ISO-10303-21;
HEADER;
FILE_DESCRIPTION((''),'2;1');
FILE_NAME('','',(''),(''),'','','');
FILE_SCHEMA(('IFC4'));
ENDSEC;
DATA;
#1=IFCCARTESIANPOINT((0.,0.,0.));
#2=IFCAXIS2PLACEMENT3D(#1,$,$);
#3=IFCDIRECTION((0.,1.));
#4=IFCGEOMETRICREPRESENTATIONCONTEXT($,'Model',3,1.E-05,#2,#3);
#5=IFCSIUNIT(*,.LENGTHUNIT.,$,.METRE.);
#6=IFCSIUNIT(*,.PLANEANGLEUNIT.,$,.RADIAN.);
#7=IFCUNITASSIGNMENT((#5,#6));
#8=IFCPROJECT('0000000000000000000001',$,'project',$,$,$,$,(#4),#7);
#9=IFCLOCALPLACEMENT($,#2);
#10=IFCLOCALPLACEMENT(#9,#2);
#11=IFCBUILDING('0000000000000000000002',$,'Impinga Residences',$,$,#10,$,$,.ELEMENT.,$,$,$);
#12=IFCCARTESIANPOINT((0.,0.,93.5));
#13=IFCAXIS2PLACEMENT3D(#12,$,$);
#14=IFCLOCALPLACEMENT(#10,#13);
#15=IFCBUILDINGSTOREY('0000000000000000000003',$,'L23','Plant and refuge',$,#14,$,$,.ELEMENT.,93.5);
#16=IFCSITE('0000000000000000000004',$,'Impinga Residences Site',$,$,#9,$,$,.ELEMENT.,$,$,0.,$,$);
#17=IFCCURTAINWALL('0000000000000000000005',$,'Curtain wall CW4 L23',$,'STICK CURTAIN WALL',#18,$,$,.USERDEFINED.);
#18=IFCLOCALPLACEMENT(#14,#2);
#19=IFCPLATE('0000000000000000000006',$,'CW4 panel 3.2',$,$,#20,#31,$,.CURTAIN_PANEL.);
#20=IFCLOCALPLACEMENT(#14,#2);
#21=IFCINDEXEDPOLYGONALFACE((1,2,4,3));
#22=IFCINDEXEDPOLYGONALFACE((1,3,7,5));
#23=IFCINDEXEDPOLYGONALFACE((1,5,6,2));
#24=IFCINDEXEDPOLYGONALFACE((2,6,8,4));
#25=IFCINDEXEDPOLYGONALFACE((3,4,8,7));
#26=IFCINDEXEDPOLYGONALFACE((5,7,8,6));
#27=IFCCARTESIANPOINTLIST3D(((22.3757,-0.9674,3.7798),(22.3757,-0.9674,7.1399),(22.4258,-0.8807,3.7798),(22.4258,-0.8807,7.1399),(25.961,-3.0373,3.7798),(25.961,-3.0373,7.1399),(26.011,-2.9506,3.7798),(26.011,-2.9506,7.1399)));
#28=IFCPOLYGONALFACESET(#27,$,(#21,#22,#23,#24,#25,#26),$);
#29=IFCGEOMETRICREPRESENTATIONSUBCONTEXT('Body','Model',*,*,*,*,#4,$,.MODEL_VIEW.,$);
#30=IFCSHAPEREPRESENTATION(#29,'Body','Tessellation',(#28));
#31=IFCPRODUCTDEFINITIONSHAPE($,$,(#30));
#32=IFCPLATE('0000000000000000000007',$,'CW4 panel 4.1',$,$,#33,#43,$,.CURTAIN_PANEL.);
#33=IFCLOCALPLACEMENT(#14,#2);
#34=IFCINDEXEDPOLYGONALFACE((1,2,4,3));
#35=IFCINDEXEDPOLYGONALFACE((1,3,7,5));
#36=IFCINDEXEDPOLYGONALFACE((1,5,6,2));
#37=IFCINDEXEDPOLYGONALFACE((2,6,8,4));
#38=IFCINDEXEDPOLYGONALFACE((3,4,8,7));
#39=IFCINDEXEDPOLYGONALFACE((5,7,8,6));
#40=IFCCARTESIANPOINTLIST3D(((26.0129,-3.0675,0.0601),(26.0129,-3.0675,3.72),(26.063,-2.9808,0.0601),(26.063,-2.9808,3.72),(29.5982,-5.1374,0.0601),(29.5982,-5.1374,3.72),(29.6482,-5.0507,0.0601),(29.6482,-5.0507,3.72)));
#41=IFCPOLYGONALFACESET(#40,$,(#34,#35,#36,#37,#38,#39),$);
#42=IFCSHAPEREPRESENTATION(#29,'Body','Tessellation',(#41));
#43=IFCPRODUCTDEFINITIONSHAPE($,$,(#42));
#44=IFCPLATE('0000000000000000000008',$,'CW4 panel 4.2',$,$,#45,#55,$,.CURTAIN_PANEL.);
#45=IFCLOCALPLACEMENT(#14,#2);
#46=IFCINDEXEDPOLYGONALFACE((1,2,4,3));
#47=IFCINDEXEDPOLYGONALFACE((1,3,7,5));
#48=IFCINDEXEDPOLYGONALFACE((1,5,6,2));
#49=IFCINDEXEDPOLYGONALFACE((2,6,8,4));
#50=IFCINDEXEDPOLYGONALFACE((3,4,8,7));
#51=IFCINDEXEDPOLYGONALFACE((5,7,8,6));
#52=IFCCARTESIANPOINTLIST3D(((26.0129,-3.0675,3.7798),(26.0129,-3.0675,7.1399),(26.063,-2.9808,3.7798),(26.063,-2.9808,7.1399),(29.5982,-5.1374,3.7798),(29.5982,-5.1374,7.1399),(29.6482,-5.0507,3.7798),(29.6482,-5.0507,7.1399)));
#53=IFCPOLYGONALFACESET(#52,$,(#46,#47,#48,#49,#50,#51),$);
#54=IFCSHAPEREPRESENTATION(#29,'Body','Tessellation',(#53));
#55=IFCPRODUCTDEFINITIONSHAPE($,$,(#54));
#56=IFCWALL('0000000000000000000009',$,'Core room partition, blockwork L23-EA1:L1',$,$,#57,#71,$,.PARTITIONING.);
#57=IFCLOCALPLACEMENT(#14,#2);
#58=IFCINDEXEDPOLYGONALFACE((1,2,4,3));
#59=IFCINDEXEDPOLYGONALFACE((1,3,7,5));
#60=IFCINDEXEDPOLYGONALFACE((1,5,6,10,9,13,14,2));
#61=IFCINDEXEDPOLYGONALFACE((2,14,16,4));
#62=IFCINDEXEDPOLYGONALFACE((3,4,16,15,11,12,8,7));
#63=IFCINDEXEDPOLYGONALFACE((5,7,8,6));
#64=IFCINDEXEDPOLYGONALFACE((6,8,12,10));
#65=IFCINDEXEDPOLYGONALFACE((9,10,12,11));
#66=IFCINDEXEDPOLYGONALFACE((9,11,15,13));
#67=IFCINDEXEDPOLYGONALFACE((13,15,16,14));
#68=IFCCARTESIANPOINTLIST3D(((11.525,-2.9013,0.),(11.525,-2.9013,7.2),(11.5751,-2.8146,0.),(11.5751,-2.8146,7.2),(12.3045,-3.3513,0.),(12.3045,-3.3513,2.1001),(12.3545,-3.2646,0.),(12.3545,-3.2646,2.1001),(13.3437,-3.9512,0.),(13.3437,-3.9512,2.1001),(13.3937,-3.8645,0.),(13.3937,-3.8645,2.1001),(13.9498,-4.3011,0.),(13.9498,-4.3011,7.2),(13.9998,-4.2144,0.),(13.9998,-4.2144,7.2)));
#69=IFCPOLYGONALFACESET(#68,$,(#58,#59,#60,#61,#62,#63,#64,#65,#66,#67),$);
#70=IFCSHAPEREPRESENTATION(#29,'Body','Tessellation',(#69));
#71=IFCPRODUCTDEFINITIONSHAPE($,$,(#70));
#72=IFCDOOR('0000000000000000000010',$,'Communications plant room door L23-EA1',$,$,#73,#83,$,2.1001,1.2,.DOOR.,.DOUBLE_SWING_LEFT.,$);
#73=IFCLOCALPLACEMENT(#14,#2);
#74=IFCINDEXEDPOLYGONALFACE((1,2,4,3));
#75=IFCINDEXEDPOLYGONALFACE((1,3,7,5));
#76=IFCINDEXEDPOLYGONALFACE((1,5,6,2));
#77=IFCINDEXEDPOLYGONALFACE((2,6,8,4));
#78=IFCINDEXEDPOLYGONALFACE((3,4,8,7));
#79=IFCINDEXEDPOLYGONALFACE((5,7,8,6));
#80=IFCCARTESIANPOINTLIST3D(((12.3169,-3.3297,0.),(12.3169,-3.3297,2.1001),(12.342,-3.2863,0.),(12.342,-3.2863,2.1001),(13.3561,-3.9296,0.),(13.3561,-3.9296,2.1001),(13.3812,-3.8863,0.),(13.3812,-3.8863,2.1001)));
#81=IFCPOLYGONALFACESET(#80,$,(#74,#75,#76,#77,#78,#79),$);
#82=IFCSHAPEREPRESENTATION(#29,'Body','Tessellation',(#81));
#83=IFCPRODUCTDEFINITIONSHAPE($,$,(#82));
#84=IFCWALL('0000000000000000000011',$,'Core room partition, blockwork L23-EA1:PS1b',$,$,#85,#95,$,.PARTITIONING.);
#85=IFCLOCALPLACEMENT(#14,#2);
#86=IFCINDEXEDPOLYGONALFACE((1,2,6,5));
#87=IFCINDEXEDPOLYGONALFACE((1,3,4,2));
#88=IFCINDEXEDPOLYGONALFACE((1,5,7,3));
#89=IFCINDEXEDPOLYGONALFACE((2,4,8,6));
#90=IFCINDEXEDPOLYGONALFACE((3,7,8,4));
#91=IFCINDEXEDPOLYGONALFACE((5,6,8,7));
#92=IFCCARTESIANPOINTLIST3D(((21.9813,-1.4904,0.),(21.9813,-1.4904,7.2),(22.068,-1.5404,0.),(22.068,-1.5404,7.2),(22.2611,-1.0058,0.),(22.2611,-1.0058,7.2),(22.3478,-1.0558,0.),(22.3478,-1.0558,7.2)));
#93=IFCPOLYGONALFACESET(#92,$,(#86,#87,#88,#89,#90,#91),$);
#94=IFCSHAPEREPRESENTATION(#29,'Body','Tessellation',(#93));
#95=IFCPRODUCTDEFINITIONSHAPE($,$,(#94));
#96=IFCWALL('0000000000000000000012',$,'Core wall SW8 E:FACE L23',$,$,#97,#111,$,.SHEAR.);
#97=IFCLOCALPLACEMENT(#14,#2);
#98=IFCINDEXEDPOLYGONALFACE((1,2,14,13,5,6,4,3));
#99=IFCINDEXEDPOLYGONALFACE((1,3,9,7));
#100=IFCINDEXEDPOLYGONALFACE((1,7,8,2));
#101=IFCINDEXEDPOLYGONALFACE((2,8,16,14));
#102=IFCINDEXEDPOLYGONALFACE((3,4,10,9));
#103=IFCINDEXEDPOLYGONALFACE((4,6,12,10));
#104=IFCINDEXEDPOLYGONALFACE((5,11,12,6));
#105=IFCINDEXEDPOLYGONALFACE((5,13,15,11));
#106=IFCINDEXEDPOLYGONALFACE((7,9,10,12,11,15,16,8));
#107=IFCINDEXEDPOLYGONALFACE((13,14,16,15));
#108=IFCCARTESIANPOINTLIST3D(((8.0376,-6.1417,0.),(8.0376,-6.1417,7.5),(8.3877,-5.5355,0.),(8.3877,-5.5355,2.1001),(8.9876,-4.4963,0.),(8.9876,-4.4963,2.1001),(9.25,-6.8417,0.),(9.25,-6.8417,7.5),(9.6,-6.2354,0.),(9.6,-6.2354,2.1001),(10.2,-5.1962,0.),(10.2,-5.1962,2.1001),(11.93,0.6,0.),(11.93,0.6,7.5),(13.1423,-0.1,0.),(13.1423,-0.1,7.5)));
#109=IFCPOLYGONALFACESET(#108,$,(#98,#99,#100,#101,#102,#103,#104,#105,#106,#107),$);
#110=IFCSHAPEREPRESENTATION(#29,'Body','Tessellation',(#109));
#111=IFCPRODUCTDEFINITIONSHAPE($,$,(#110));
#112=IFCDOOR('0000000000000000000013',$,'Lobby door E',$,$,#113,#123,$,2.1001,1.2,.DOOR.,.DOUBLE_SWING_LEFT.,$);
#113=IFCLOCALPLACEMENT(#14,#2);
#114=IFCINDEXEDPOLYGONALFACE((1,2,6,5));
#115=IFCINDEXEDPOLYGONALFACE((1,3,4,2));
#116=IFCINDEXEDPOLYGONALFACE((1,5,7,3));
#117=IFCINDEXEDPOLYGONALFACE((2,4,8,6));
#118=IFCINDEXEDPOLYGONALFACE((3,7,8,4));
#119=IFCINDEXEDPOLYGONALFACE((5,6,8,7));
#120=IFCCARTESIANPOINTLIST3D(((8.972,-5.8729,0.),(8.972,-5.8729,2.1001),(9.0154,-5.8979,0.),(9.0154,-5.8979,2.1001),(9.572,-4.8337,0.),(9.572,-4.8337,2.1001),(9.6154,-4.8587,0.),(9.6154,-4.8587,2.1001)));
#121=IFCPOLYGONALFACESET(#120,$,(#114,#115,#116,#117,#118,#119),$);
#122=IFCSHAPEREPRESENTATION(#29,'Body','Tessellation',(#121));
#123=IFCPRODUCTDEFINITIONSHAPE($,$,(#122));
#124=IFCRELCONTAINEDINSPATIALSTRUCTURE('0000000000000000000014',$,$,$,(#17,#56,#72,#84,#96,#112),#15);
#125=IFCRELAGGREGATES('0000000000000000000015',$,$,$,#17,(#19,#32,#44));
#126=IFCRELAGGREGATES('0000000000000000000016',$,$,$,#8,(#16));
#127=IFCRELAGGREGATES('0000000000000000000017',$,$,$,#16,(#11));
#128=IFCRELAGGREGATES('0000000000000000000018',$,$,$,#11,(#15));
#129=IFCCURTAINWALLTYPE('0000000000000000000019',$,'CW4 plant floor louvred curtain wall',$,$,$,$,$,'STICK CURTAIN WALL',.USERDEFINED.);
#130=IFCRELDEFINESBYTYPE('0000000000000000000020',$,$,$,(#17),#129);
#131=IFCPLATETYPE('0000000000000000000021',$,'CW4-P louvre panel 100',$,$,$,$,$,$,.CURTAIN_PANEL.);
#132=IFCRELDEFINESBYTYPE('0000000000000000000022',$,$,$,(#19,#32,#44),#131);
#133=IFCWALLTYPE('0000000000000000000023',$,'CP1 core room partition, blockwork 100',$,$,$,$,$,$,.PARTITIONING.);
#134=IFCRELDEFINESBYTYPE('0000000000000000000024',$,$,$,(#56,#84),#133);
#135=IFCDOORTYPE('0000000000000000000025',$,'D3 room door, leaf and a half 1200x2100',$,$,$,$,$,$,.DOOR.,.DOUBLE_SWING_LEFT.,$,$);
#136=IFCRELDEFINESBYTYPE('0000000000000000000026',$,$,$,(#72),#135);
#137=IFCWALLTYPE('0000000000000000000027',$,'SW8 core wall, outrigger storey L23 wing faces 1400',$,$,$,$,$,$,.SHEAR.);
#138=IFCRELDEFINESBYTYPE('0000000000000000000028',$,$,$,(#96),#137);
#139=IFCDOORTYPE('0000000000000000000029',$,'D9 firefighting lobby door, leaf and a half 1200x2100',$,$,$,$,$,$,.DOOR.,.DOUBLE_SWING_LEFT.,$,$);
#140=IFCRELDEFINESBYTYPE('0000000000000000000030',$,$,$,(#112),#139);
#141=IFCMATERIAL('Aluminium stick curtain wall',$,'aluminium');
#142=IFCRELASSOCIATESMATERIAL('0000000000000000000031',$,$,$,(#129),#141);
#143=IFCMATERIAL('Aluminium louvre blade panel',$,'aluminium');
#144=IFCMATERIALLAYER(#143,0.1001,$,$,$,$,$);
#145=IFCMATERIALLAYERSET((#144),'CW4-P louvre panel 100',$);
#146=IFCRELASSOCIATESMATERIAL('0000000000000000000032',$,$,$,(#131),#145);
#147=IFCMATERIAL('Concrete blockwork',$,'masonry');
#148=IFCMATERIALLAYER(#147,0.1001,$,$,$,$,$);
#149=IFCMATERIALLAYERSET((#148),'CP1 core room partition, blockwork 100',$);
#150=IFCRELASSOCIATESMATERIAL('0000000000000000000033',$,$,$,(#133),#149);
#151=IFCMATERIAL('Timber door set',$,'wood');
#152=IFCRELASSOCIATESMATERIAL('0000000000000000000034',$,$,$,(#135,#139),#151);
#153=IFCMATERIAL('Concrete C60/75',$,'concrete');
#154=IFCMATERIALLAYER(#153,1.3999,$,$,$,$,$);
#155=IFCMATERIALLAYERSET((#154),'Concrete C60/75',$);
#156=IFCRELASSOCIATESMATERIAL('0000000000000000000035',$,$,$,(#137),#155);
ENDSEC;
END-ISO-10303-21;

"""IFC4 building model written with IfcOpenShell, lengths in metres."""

from ifc_helpers import new_model, si_unit, direction, frame, frame_2d, origin, origin_2d, place, context, subcontext, project, spatial, rectangle, extrude, material, layer, layer_set, type_object, element, fill, aggregate, save


model = new_model("IFC4")

# Units and contexts
model_context = context("Model", 3, precision=1e-05, world=origin(), true_north=direction((0.0, 1.0)))
body_context = subcontext(model_context, "Body", "Model", "MODEL_VIEW")
ifc_project = project(units=[si_unit("LENGTHUNIT", "METRE"), si_unit("PLANEANGLEUNIT", "RADIAN")], contexts=[model_context])

# Site, building, storey
site_placement = place(None, origin())
site = spatial("IfcSite", under=ifc_project, at=site_placement, Name="Impinga Residences Site", CompositionType="ELEMENT", RefElevation=0.0)
building_placement = place(site_placement, origin())
building = spatial("IfcBuilding", under=site, at=building_placement, Name="Impinga Residences", CompositionType="ELEMENT")
storey_placement = place(building_placement, frame((0.0, 0.0, 93.5)))
storey = spatial("IfcBuildingStorey", under=building, at=storey_placement, Name="L23", Description="Plant and refuge", CompositionType="ELEMENT", Elevation=93.5)

# Shared definitions
ifc_material_1 = material(Name="Aluminium stick curtain wall", Category="aluminium")
curtain_wall_type = type_object("IfcCurtainWallType", Name="CW4 plant floor louvred curtain wall", ElementType="STICK CURTAIN WALL", PredefinedType="USERDEFINED", material=ifc_material_1)

# Curtain wall
curtain_wall_1_placement = place(storey_placement, origin())
curtain_wall_1 = element("IfcCurtainWall", 1, at=curtain_wall_1_placement, inside=storey, type_object=curtain_wall_type, Name="Curtain wall CW4 L23", ObjectType="STICK CURTAIN WALL", PredefinedType="USERDEFINED")

# Plates
ifc_material_2 = material(Name="Aluminium louvre blade panel", Category="aluminium")
ifc_layer_1 = layer(ifc_material_2, 0.1001)
ifc_layer_set_1 = layer_set([ifc_layer_1], Name="CW4-P louvre panel 100")
plate_type = type_object("IfcPlateType", Name="CW4-P louvre panel 100", PredefinedType="CURTAIN_PANEL", material=ifc_layer_set_1)
plate_1_placement = place(storey_placement, frame((24.1934, -1.959, 3.7798), z_axis=(0.0, 0.0, 1.0), x_axis=(0.866025, -0.5, 0.0)))
plate_1 = element("IfcPlate", 2, at=plate_1_placement, type_object=plate_type, Name="CW4 panel 3.2", PredefinedType="CURTAIN_PANEL", context=body_context, shape_type="SweptSolid", body=[
    extrude(rectangle(XDim=4.1399, YDim=0.1001, at=origin_2d()), origin(), (0.0, 0.0, 1.0), 3.3601),
])
plate_2_placement = place(storey_placement, frame((27.8306, -4.0591, 0.0601), z_axis=(0.0, 0.0, 1.0), x_axis=(0.866025, -0.5, 0.0)))
plate_2 = element("IfcPlate", 3, at=plate_2_placement, type_object=plate_type, Name="CW4 panel 4.1", PredefinedType="CURTAIN_PANEL", context=body_context, shape_type="SweptSolid", body=[
    extrude(rectangle(XDim=4.1399, YDim=0.1001, at=origin_2d()), origin(), (0.0, 0.0, 1.0), 3.6599),
])
plate_3_placement = place(storey_placement, frame((27.8306, -4.0591, 3.7798), z_axis=(0.0, 0.0, 1.0), x_axis=(0.866025, -0.5, 0.0)))
plate_3 = element("IfcPlate", 4, at=plate_3_placement, type_object=plate_type, Name="CW4 panel 4.2", PredefinedType="CURTAIN_PANEL", context=body_context, shape_type="SweptSolid", body=[
    extrude(rectangle(XDim=4.1399, YDim=0.1001, at=origin_2d()), origin(), (0.0, 0.0, 1.0), 3.3601),
])
aggregate(curtain_wall_1, [plate_1, plate_2, plate_3])

# Wall, opening, door
ifc_material_3 = material(Name="Concrete blockwork", Category="masonry")
ifc_layer_2 = layer(ifc_material_3, 0.1001)
ifc_layer_set_2 = layer_set([ifc_layer_2], Name="CP1 core room partition, blockwork 100")
wall_type_1 = type_object("IfcWallType", Name="CP1 core room partition, blockwork 100", PredefinedType="PARTITIONING", material=ifc_layer_set_2)
wall_1_placement = place(storey_placement, frame((11.55, -2.8579, 0.0), z_axis=(0.0, 0.0, 1.0), x_axis=(0.866035, -0.499984, 0.0)))
wall_1 = element("IfcWall", 5, at=wall_1_placement, inside=storey, type_object=wall_type_1, Name="Core room partition, blockwork L23-EA1:L1", PredefinedType="PARTITIONING", context=body_context, shape_type="SweptSolid", body=[
    extrude(rectangle(XDim=2.7998, YDim=0.1001, at=frame_2d((1.3999, 0.0))), origin(), (0.0, 0.0, 1.0), 7.2),
])
opening_1_placement = place(wall_1_placement, frame((0.8999, 0.0, 0.0)))
opening_1 = element("IfcOpeningElement", 6, at=opening_1_placement, cuts=wall_1, PredefinedType="OPENING", context=body_context, shape_type="SweptSolid", body=[
    extrude(rectangle(XDim=1.2, YDim=2.1001, at=frame_2d((0.6001, 1.05))), frame((0.0, 0.0601, 0.0), z_axis=(0.0, -1.0, 0.0), x_axis=(1.0, 0.0, 0.0)), (0.0, 0.0, 1.0), 0.1201),
])
ifc_material_4 = material(Name="Timber door set", Category="wood")
door_type_1 = type_object("IfcDoorType", Name="D3 room door, leaf and a half 1200x2100", OperationType="DOUBLE_SWING_LEFT", PredefinedType="DOOR", material=ifc_material_4)
door_1_placement = place(opening_1_placement, origin())
door_1 = element("IfcDoor", 7, at=door_1_placement, inside=storey, type_object=door_type_1, Name="Communications plant room door L23-EA1", OperationType="DOUBLE_SWING_LEFT", OverallHeight=2.1001, OverallWidth=1.2, PredefinedType="DOOR", context=body_context, shape_type="SweptSolid", body=[
    extrude(rectangle(XDim=1.2, YDim=2.1001, at=frame_2d((0.6001, 1.05))), frame((0.0, 0.0249, 0.0), z_axis=(0.0, -1.0, 0.0), x_axis=(1.0, 0.0, 0.0)), (0.0, 0.0, 1.0), 0.05),
])
fill(opening_1, door_1)

# Wall
wall_2_placement = place(storey_placement, frame((22.0247, -1.5154, 0.0), z_axis=(0.0, 0.0, 1.0), x_axis=(0.499987, 0.866033, 0.0)))
element("IfcWall", 8, at=wall_2_placement, inside=storey, type_object=wall_type_1, Name="Core room partition, blockwork L23-EA1:PS1b", PredefinedType="PARTITIONING", context=body_context, shape_type="SweptSolid", body=[
    extrude(rectangle(XDim=0.5596, YDim=0.1001, at=frame_2d((0.2798, 0.0))), origin(), (0.0, 0.0, 1.0), 7.2),
])

# Wall, opening, door
ifc_material_5 = material(Name="Concrete C60/75", Category="concrete")
ifc_layer_3 = layer(ifc_material_5, 1.3999)
ifc_layer_set_3 = layer_set([ifc_layer_3], Name="Concrete C60/75")
wall_type_2 = type_object("IfcWallType", Name="SW8 core wall, outrigger storey L23 wing faces 1400", PredefinedType="SHEAR", material=ifc_layer_set_3)
wall_3_placement = place(storey_placement, frame((12.5361, 0.25, 0.0), z_axis=(0.0, 0.0, 1.0), x_axis=(-0.500001, -0.866025, 0.0)))
wall_3 = element("IfcWall", 9, at=wall_3_placement, inside=storey, type_object=wall_type_2, Name="Core wall SW8 E:FACE L23", PredefinedType="SHEAR", context=body_context, shape_type="SweptSolid", body=[
    extrude(rectangle(XDim=7.7847, YDim=1.3999, at=frame_2d((3.8923, 0.0))), origin(), (0.0, 0.0, 1.0), 7.5),
])
opening_2_placement = place(wall_3_placement, frame((5.8845, 0.0, 0.0)))
opening_2 = element("IfcOpeningElement", 10, at=opening_2_placement, cuts=wall_3, PredefinedType="OPENING", context=body_context, shape_type="SweptSolid", body=[
    extrude(rectangle(XDim=1.2, YDim=2.1001, at=frame_2d((0.6001, 1.05))), frame((0.0, 0.71, 0.0), z_axis=(0.0, -1.0, 0.0), x_axis=(1.0, 0.0, 0.0)), (0.0, 0.0, 1.0), 1.4199),
])
door_type_2 = type_object("IfcDoorType", Name="D9 firefighting lobby door, leaf and a half 1200x2100", OperationType="DOUBLE_SWING_LEFT", PredefinedType="DOOR", material=ifc_material_4)
door_2_placement = place(opening_2_placement, origin())
door_2 = element("IfcDoor", 11, at=door_2_placement, inside=storey, type_object=door_type_2, Name="Lobby door E", OperationType="DOUBLE_SWING_LEFT", OverallHeight=2.1001, OverallWidth=1.2, PredefinedType="DOOR", context=body_context, shape_type="SweptSolid", body=[
    extrude(rectangle(XDim=1.2, YDim=2.1001, at=frame_2d((0.6001, 1.05))), frame((0.0, 0.0249, 0.0), z_axis=(0.0, -1.0, 0.0), x_axis=(1.0, 0.0, 0.0)), (0.0, 0.0, 1.0), 0.05),
])
fill(opening_2, door_2)

save(model, "model.ifc")
